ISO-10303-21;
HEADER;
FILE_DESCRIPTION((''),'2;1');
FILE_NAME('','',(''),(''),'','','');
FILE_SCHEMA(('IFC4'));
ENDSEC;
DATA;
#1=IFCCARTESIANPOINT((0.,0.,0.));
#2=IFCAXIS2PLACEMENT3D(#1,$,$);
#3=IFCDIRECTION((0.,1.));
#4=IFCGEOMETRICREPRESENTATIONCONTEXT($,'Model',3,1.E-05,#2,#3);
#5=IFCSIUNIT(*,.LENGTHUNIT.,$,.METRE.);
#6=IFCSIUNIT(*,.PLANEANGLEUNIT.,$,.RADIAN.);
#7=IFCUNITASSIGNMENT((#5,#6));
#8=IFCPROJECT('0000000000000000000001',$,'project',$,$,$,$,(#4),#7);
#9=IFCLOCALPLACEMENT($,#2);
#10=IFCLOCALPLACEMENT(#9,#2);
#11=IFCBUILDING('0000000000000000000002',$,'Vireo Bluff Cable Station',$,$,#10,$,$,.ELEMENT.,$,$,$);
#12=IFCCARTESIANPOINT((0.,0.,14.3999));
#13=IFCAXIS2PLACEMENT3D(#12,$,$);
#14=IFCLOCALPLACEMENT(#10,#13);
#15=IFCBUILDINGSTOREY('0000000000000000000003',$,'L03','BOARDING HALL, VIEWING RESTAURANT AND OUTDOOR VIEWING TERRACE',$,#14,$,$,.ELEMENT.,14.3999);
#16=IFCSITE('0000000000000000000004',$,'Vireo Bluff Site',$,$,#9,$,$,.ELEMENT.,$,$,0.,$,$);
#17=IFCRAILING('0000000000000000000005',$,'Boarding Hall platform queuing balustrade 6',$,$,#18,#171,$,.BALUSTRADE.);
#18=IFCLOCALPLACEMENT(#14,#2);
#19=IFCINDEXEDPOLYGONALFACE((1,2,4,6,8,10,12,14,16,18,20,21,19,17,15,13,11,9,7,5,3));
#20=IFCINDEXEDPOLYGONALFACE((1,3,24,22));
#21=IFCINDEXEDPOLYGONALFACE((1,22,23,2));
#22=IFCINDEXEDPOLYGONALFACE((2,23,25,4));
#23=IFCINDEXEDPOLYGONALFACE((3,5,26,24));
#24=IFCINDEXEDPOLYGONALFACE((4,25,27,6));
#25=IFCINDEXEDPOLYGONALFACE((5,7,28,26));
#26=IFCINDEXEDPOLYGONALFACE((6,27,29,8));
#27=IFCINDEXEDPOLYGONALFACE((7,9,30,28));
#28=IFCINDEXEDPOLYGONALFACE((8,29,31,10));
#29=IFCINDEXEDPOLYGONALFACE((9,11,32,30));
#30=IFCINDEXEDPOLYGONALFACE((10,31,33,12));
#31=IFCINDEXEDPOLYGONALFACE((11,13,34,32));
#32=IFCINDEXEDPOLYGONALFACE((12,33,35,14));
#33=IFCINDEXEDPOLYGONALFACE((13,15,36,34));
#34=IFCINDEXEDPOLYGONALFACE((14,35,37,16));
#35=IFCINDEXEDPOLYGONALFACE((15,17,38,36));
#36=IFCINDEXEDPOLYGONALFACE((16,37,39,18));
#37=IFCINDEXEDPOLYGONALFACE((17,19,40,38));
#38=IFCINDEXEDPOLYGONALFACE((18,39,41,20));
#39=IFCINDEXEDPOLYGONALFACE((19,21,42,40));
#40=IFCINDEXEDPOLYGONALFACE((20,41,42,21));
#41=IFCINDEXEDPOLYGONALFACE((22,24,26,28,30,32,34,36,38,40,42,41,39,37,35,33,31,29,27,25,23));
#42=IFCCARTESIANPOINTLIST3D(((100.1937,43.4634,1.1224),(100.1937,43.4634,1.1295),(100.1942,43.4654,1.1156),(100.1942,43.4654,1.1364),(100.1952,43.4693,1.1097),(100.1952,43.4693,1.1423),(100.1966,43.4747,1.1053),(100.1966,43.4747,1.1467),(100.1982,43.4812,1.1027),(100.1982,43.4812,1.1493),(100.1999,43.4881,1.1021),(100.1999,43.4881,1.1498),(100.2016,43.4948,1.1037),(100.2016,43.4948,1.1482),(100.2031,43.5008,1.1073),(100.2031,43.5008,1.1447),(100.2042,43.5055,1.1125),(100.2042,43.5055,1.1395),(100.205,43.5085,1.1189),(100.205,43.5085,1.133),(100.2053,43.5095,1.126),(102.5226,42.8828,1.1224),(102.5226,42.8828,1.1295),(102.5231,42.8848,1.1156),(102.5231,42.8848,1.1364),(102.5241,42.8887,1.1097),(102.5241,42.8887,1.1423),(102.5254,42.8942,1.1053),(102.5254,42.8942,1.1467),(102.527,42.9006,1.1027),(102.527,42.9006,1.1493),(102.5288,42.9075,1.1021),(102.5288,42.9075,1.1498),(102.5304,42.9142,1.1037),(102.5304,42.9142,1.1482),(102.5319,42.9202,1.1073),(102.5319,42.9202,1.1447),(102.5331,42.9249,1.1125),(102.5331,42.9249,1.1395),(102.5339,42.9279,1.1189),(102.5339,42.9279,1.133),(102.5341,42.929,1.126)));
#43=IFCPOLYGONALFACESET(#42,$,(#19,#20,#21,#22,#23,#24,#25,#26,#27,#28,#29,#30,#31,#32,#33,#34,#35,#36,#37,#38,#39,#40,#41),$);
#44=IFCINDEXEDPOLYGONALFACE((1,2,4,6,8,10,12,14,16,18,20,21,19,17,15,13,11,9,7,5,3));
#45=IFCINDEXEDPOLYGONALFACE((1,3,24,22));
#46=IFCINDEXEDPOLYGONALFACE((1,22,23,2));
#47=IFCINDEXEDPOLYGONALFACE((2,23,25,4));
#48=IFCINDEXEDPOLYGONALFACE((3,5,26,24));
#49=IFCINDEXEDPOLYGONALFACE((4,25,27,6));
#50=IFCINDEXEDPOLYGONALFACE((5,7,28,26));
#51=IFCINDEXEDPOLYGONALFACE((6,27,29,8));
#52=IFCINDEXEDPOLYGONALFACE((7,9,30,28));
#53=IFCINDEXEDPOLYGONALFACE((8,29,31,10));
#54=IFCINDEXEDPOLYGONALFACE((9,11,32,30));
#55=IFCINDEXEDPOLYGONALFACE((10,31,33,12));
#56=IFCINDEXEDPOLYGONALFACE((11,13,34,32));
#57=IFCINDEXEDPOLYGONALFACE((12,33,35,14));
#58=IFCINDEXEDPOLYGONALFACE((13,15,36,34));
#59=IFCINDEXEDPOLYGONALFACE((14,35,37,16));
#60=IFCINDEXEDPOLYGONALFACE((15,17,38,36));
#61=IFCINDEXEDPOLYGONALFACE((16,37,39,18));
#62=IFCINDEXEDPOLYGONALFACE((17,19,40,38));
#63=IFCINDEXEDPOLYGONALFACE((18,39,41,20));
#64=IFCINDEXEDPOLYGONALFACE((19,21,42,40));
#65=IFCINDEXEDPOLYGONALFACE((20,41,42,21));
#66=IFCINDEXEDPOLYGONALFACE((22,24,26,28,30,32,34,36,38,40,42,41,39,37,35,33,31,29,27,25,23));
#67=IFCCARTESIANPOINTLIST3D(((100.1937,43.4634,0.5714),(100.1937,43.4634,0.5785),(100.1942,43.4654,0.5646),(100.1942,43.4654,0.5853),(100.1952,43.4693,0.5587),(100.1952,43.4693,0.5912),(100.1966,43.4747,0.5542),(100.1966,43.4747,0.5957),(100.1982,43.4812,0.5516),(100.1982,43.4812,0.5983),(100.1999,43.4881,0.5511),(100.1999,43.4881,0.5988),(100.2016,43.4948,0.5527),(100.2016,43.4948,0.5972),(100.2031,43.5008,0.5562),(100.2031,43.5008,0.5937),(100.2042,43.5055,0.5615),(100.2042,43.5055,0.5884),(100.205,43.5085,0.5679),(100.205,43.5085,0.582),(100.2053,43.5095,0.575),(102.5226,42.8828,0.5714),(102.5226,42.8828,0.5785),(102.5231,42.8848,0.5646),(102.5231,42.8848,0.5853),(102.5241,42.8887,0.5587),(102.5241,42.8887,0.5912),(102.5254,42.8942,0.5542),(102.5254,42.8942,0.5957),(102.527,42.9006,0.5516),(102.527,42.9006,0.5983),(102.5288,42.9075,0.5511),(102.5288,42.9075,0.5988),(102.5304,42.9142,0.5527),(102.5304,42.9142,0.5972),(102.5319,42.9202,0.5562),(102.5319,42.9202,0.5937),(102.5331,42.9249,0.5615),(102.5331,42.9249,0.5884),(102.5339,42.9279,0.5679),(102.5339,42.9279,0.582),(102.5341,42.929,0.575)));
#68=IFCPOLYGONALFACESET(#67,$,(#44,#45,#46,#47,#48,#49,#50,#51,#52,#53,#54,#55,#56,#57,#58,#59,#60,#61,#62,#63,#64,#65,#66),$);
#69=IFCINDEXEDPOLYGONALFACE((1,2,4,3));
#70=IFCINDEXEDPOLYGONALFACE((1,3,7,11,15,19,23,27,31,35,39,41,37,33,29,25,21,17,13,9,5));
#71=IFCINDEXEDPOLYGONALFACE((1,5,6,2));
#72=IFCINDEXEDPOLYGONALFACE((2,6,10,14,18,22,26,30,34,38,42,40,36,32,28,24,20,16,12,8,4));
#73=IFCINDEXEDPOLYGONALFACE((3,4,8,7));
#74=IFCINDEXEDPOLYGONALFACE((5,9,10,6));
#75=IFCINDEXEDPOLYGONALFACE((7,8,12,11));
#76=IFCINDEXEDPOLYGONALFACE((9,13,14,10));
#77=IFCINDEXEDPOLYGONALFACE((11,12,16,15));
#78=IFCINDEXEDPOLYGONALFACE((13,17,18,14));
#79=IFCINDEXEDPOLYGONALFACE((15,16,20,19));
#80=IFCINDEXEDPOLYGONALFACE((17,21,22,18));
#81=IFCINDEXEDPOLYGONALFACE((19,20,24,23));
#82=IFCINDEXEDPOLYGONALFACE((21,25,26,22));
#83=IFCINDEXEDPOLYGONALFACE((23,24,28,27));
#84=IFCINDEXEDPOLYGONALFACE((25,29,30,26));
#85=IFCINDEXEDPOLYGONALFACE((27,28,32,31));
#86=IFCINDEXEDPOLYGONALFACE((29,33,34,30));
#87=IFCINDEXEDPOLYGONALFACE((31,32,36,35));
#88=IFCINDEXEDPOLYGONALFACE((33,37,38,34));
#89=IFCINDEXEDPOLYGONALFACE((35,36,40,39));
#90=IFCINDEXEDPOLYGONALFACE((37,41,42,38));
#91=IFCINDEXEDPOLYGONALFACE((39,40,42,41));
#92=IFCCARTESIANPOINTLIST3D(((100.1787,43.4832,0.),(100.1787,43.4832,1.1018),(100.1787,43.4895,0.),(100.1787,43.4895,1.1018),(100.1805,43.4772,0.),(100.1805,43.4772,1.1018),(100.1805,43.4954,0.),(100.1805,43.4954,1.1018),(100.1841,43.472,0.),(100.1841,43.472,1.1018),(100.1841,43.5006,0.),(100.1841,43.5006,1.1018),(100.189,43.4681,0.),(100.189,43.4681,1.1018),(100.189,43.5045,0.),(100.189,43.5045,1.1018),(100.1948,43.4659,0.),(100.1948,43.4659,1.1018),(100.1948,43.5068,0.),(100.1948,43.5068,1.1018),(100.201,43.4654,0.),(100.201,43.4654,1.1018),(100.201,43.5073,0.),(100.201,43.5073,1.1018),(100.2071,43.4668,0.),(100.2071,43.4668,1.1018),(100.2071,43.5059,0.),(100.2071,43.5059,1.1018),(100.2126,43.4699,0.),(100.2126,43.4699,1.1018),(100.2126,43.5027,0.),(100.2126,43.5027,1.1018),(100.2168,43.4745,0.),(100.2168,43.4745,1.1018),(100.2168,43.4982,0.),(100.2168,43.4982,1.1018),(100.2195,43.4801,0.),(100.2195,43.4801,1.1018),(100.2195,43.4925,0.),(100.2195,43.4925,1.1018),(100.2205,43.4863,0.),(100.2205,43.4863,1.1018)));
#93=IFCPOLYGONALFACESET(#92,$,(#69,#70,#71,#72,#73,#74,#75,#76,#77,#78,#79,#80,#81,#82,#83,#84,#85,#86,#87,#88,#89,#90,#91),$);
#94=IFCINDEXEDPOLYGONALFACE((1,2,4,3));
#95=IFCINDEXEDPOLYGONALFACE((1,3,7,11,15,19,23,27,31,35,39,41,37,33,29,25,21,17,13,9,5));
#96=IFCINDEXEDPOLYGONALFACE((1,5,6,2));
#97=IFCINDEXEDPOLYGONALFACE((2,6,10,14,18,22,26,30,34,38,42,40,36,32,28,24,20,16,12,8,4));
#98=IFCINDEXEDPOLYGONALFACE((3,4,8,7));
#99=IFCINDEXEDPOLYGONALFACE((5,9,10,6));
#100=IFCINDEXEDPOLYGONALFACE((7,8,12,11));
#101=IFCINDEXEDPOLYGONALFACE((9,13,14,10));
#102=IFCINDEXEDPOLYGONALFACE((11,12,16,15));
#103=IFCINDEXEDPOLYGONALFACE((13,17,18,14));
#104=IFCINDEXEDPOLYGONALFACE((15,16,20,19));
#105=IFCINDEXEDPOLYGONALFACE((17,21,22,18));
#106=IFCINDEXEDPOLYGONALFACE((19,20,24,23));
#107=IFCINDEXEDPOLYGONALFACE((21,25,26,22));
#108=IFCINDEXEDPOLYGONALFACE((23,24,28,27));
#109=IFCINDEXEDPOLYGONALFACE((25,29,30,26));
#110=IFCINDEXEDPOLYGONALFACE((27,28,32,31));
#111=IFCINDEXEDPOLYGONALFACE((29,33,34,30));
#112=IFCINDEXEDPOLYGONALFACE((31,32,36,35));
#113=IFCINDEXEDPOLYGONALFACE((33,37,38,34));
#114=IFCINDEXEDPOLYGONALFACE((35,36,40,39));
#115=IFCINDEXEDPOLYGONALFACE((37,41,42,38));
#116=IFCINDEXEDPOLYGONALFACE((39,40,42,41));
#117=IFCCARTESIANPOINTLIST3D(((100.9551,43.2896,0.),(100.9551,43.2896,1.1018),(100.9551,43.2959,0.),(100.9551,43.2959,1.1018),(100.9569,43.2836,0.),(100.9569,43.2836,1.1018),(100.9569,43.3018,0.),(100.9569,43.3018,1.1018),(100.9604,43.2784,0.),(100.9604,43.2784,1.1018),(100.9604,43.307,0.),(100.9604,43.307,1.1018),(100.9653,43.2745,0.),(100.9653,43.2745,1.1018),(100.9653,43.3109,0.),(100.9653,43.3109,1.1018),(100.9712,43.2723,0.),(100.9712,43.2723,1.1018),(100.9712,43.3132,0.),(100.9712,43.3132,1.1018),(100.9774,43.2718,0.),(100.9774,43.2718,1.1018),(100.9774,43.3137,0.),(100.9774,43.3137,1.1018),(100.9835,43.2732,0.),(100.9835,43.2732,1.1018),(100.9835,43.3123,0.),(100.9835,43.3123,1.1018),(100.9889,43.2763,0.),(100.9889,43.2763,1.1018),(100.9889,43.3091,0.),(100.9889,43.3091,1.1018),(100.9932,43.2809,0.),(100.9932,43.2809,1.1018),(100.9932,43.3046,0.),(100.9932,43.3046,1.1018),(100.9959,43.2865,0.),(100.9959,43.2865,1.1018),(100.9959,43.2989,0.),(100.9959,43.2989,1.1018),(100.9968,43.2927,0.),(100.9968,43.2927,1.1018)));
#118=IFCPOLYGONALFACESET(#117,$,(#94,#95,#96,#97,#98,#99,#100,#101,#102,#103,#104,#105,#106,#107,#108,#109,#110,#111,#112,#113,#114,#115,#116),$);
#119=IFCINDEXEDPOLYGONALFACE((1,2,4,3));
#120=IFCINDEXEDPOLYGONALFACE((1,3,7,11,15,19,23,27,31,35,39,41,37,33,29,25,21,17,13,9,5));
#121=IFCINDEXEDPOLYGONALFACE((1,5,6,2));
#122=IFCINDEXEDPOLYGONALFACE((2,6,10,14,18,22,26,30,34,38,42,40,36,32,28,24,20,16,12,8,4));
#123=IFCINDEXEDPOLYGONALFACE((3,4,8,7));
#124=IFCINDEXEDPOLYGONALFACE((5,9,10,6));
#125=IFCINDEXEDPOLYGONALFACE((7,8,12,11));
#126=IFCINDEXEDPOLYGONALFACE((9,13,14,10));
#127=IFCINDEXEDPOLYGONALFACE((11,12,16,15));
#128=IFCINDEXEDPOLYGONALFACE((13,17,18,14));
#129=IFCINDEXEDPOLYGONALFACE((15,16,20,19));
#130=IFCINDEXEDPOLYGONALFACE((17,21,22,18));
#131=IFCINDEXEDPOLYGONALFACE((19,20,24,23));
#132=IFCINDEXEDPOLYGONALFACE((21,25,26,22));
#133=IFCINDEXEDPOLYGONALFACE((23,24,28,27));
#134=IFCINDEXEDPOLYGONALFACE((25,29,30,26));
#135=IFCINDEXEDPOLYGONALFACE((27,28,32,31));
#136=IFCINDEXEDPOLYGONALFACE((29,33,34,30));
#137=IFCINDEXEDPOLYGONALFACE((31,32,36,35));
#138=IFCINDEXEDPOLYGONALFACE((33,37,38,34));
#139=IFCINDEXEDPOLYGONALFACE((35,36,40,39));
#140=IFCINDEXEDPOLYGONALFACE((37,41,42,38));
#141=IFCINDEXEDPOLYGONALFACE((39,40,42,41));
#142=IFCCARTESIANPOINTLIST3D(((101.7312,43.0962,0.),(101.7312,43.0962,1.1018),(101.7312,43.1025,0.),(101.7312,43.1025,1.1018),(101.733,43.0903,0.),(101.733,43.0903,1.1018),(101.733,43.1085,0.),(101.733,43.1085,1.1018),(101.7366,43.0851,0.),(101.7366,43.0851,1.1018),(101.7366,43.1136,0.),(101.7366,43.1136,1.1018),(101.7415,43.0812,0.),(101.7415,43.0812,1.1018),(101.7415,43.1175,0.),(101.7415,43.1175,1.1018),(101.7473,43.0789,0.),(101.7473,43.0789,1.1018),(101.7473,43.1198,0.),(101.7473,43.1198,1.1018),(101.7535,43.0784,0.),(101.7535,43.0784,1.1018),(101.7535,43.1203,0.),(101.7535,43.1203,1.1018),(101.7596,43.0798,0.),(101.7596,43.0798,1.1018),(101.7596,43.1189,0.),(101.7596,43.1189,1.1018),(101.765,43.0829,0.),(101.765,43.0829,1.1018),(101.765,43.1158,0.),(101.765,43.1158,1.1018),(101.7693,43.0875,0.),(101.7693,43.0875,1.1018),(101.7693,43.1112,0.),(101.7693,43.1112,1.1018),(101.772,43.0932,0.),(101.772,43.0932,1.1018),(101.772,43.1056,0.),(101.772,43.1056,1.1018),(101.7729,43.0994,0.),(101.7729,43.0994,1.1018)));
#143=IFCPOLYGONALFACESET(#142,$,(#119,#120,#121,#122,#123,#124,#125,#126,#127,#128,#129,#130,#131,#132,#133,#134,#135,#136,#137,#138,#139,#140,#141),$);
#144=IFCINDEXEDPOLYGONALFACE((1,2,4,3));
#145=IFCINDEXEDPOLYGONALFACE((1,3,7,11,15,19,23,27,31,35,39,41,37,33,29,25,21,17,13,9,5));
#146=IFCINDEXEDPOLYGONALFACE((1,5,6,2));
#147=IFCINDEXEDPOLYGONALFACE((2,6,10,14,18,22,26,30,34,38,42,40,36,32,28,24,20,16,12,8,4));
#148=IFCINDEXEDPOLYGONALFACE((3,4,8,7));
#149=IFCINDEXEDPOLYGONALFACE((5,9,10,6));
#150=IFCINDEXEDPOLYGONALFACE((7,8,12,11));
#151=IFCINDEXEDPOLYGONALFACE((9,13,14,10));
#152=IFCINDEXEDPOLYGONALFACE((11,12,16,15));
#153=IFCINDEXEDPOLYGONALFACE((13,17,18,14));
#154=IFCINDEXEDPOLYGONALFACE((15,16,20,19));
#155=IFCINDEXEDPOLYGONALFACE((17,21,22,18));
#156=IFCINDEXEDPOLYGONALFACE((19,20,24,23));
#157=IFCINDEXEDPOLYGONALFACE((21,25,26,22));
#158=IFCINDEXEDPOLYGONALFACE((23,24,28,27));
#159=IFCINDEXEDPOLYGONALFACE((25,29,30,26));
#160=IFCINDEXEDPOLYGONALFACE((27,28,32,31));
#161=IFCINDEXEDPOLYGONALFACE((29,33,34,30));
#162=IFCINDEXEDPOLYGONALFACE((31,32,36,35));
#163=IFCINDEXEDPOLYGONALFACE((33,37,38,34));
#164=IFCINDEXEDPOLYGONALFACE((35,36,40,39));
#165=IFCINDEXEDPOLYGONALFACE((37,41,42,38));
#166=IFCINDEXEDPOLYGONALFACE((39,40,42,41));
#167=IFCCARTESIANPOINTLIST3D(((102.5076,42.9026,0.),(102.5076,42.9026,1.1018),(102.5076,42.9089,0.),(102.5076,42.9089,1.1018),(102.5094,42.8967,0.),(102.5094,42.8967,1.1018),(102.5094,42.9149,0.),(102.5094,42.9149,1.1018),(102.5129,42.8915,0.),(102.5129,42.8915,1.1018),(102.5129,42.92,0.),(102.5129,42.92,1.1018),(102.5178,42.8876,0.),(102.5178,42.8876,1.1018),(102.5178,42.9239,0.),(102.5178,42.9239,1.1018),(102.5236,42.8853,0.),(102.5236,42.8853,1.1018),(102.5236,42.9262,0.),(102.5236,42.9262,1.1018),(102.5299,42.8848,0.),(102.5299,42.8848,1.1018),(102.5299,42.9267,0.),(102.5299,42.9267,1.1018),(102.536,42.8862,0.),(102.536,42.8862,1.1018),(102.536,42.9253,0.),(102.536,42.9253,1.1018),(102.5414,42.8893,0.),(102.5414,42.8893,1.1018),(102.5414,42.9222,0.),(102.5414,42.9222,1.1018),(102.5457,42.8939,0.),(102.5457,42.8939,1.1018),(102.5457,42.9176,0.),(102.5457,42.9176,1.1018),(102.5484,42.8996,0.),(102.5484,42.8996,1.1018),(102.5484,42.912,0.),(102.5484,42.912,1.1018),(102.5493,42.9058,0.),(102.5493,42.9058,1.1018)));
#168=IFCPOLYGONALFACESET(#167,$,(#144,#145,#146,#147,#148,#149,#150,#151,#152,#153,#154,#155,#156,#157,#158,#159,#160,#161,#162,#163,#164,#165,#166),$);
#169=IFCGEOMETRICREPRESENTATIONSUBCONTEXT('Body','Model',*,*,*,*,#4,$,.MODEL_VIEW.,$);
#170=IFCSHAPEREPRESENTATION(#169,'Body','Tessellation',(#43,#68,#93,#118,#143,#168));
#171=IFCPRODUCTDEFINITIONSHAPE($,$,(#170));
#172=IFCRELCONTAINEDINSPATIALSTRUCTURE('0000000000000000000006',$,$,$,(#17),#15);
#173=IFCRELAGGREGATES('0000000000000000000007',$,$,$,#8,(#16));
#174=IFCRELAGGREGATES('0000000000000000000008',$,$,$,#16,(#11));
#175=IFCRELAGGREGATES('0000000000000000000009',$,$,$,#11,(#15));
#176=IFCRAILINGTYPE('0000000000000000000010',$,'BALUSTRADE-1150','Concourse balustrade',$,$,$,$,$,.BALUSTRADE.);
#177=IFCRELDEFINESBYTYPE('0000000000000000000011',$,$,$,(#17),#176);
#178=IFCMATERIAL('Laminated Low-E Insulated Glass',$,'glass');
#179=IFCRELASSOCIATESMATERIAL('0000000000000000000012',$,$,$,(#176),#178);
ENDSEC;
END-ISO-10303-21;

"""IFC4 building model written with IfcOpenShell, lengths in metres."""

from ifc_helpers import new_model, si_unit, direction, frame, origin, origin_2d, place, context, subcontext, project, spatial, circle, extrude, material, type_object, element, save


model = new_model("IFC4")

# Units and contexts
model_context = context("Model", 3, precision=1e-05, world=origin(), true_north=direction((0.0, 1.0)))
body_context = subcontext(model_context, "Body", "Model", "MODEL_VIEW")
ifc_project = project(units=[si_unit("LENGTHUNIT", "METRE"), si_unit("PLANEANGLEUNIT", "RADIAN")], contexts=[model_context])

# Site, building, storey
site_placement = place(None, origin())
site = spatial("IfcSite", under=ifc_project, at=site_placement, Name="Vireo Bluff Site", CompositionType="ELEMENT", RefElevation=0.0)
building_placement = place(site_placement, origin())
building = spatial("IfcBuilding", under=site, at=building_placement, Name="Vireo Bluff Cable Station", CompositionType="ELEMENT")
storey_placement = place(building_placement, frame((0.0, 0.0, 14.3999)))
storey = spatial("IfcBuildingStorey", under=building, at=storey_placement, Name="L03", Description="BOARDING HALL, VIEWING RESTAURANT AND OUTDOOR VIEWING TERRACE", CompositionType="ELEMENT", Elevation=14.3999)

# Shared definitions
ifc_material_1 = material(Name="Laminated Low-E Insulated Glass", Category="glass")

# Railing
railing_type_1 = type_object("IfcRailingType", Name="BALUSTRADE-1150", Description="Concourse balustrade", PredefinedType="BALUSTRADE", material=ifc_material_1)
for number, where, name in (
    (1, (100.1995, 43.4863, 0.0), "Boarding Hall platform queuing balustrade 6"),
):
    element("IfcRailing", number, at=place(storey_placement, frame(where)), inside=storey, type_object=railing_type_1, Name=name, PredefinedType="BALUSTRADE", context=body_context, shape_type="SweptSolid", body=[
        extrude(circle(Radius=0.0239, at=origin_2d()), frame((0.0, 0.0, 1.126), z_axis=(0.970304, -0.241889, 0.0), x_axis=(0.241889, 0.970304, 0.0)), (0.0, 0.0, 1.0), 2.4001),
        extrude(circle(Radius=0.0239, at=origin_2d()), frame((0.0, 0.0, 0.575), z_axis=(0.970304, -0.241889, 0.0), x_axis=(0.241889, 0.970304, 0.0)), (0.0, 0.0, 1.0), 2.4001),
        extrude(circle(Radius=0.021, at=origin_2d()), origin(), (0.0, 0.0, 1.0), 1.1018),
        extrude(circle(Radius=0.021, at=origin_2d()), frame((0.7764, -0.1936, 0.0)), (0.0, 0.0, 1.0), 1.1018),
        extrude(circle(Radius=0.021, at=origin_2d()), frame((1.5525, -0.387, 0.0)), (0.0, 0.0, 1.0), 1.1018),
        extrude(circle(Radius=0.021, at=origin_2d()), frame((2.3289, -0.5806, 0.0)), (0.0, 0.0, 1.0), 1.1018),
    ])

save(model, "model.ifc")
